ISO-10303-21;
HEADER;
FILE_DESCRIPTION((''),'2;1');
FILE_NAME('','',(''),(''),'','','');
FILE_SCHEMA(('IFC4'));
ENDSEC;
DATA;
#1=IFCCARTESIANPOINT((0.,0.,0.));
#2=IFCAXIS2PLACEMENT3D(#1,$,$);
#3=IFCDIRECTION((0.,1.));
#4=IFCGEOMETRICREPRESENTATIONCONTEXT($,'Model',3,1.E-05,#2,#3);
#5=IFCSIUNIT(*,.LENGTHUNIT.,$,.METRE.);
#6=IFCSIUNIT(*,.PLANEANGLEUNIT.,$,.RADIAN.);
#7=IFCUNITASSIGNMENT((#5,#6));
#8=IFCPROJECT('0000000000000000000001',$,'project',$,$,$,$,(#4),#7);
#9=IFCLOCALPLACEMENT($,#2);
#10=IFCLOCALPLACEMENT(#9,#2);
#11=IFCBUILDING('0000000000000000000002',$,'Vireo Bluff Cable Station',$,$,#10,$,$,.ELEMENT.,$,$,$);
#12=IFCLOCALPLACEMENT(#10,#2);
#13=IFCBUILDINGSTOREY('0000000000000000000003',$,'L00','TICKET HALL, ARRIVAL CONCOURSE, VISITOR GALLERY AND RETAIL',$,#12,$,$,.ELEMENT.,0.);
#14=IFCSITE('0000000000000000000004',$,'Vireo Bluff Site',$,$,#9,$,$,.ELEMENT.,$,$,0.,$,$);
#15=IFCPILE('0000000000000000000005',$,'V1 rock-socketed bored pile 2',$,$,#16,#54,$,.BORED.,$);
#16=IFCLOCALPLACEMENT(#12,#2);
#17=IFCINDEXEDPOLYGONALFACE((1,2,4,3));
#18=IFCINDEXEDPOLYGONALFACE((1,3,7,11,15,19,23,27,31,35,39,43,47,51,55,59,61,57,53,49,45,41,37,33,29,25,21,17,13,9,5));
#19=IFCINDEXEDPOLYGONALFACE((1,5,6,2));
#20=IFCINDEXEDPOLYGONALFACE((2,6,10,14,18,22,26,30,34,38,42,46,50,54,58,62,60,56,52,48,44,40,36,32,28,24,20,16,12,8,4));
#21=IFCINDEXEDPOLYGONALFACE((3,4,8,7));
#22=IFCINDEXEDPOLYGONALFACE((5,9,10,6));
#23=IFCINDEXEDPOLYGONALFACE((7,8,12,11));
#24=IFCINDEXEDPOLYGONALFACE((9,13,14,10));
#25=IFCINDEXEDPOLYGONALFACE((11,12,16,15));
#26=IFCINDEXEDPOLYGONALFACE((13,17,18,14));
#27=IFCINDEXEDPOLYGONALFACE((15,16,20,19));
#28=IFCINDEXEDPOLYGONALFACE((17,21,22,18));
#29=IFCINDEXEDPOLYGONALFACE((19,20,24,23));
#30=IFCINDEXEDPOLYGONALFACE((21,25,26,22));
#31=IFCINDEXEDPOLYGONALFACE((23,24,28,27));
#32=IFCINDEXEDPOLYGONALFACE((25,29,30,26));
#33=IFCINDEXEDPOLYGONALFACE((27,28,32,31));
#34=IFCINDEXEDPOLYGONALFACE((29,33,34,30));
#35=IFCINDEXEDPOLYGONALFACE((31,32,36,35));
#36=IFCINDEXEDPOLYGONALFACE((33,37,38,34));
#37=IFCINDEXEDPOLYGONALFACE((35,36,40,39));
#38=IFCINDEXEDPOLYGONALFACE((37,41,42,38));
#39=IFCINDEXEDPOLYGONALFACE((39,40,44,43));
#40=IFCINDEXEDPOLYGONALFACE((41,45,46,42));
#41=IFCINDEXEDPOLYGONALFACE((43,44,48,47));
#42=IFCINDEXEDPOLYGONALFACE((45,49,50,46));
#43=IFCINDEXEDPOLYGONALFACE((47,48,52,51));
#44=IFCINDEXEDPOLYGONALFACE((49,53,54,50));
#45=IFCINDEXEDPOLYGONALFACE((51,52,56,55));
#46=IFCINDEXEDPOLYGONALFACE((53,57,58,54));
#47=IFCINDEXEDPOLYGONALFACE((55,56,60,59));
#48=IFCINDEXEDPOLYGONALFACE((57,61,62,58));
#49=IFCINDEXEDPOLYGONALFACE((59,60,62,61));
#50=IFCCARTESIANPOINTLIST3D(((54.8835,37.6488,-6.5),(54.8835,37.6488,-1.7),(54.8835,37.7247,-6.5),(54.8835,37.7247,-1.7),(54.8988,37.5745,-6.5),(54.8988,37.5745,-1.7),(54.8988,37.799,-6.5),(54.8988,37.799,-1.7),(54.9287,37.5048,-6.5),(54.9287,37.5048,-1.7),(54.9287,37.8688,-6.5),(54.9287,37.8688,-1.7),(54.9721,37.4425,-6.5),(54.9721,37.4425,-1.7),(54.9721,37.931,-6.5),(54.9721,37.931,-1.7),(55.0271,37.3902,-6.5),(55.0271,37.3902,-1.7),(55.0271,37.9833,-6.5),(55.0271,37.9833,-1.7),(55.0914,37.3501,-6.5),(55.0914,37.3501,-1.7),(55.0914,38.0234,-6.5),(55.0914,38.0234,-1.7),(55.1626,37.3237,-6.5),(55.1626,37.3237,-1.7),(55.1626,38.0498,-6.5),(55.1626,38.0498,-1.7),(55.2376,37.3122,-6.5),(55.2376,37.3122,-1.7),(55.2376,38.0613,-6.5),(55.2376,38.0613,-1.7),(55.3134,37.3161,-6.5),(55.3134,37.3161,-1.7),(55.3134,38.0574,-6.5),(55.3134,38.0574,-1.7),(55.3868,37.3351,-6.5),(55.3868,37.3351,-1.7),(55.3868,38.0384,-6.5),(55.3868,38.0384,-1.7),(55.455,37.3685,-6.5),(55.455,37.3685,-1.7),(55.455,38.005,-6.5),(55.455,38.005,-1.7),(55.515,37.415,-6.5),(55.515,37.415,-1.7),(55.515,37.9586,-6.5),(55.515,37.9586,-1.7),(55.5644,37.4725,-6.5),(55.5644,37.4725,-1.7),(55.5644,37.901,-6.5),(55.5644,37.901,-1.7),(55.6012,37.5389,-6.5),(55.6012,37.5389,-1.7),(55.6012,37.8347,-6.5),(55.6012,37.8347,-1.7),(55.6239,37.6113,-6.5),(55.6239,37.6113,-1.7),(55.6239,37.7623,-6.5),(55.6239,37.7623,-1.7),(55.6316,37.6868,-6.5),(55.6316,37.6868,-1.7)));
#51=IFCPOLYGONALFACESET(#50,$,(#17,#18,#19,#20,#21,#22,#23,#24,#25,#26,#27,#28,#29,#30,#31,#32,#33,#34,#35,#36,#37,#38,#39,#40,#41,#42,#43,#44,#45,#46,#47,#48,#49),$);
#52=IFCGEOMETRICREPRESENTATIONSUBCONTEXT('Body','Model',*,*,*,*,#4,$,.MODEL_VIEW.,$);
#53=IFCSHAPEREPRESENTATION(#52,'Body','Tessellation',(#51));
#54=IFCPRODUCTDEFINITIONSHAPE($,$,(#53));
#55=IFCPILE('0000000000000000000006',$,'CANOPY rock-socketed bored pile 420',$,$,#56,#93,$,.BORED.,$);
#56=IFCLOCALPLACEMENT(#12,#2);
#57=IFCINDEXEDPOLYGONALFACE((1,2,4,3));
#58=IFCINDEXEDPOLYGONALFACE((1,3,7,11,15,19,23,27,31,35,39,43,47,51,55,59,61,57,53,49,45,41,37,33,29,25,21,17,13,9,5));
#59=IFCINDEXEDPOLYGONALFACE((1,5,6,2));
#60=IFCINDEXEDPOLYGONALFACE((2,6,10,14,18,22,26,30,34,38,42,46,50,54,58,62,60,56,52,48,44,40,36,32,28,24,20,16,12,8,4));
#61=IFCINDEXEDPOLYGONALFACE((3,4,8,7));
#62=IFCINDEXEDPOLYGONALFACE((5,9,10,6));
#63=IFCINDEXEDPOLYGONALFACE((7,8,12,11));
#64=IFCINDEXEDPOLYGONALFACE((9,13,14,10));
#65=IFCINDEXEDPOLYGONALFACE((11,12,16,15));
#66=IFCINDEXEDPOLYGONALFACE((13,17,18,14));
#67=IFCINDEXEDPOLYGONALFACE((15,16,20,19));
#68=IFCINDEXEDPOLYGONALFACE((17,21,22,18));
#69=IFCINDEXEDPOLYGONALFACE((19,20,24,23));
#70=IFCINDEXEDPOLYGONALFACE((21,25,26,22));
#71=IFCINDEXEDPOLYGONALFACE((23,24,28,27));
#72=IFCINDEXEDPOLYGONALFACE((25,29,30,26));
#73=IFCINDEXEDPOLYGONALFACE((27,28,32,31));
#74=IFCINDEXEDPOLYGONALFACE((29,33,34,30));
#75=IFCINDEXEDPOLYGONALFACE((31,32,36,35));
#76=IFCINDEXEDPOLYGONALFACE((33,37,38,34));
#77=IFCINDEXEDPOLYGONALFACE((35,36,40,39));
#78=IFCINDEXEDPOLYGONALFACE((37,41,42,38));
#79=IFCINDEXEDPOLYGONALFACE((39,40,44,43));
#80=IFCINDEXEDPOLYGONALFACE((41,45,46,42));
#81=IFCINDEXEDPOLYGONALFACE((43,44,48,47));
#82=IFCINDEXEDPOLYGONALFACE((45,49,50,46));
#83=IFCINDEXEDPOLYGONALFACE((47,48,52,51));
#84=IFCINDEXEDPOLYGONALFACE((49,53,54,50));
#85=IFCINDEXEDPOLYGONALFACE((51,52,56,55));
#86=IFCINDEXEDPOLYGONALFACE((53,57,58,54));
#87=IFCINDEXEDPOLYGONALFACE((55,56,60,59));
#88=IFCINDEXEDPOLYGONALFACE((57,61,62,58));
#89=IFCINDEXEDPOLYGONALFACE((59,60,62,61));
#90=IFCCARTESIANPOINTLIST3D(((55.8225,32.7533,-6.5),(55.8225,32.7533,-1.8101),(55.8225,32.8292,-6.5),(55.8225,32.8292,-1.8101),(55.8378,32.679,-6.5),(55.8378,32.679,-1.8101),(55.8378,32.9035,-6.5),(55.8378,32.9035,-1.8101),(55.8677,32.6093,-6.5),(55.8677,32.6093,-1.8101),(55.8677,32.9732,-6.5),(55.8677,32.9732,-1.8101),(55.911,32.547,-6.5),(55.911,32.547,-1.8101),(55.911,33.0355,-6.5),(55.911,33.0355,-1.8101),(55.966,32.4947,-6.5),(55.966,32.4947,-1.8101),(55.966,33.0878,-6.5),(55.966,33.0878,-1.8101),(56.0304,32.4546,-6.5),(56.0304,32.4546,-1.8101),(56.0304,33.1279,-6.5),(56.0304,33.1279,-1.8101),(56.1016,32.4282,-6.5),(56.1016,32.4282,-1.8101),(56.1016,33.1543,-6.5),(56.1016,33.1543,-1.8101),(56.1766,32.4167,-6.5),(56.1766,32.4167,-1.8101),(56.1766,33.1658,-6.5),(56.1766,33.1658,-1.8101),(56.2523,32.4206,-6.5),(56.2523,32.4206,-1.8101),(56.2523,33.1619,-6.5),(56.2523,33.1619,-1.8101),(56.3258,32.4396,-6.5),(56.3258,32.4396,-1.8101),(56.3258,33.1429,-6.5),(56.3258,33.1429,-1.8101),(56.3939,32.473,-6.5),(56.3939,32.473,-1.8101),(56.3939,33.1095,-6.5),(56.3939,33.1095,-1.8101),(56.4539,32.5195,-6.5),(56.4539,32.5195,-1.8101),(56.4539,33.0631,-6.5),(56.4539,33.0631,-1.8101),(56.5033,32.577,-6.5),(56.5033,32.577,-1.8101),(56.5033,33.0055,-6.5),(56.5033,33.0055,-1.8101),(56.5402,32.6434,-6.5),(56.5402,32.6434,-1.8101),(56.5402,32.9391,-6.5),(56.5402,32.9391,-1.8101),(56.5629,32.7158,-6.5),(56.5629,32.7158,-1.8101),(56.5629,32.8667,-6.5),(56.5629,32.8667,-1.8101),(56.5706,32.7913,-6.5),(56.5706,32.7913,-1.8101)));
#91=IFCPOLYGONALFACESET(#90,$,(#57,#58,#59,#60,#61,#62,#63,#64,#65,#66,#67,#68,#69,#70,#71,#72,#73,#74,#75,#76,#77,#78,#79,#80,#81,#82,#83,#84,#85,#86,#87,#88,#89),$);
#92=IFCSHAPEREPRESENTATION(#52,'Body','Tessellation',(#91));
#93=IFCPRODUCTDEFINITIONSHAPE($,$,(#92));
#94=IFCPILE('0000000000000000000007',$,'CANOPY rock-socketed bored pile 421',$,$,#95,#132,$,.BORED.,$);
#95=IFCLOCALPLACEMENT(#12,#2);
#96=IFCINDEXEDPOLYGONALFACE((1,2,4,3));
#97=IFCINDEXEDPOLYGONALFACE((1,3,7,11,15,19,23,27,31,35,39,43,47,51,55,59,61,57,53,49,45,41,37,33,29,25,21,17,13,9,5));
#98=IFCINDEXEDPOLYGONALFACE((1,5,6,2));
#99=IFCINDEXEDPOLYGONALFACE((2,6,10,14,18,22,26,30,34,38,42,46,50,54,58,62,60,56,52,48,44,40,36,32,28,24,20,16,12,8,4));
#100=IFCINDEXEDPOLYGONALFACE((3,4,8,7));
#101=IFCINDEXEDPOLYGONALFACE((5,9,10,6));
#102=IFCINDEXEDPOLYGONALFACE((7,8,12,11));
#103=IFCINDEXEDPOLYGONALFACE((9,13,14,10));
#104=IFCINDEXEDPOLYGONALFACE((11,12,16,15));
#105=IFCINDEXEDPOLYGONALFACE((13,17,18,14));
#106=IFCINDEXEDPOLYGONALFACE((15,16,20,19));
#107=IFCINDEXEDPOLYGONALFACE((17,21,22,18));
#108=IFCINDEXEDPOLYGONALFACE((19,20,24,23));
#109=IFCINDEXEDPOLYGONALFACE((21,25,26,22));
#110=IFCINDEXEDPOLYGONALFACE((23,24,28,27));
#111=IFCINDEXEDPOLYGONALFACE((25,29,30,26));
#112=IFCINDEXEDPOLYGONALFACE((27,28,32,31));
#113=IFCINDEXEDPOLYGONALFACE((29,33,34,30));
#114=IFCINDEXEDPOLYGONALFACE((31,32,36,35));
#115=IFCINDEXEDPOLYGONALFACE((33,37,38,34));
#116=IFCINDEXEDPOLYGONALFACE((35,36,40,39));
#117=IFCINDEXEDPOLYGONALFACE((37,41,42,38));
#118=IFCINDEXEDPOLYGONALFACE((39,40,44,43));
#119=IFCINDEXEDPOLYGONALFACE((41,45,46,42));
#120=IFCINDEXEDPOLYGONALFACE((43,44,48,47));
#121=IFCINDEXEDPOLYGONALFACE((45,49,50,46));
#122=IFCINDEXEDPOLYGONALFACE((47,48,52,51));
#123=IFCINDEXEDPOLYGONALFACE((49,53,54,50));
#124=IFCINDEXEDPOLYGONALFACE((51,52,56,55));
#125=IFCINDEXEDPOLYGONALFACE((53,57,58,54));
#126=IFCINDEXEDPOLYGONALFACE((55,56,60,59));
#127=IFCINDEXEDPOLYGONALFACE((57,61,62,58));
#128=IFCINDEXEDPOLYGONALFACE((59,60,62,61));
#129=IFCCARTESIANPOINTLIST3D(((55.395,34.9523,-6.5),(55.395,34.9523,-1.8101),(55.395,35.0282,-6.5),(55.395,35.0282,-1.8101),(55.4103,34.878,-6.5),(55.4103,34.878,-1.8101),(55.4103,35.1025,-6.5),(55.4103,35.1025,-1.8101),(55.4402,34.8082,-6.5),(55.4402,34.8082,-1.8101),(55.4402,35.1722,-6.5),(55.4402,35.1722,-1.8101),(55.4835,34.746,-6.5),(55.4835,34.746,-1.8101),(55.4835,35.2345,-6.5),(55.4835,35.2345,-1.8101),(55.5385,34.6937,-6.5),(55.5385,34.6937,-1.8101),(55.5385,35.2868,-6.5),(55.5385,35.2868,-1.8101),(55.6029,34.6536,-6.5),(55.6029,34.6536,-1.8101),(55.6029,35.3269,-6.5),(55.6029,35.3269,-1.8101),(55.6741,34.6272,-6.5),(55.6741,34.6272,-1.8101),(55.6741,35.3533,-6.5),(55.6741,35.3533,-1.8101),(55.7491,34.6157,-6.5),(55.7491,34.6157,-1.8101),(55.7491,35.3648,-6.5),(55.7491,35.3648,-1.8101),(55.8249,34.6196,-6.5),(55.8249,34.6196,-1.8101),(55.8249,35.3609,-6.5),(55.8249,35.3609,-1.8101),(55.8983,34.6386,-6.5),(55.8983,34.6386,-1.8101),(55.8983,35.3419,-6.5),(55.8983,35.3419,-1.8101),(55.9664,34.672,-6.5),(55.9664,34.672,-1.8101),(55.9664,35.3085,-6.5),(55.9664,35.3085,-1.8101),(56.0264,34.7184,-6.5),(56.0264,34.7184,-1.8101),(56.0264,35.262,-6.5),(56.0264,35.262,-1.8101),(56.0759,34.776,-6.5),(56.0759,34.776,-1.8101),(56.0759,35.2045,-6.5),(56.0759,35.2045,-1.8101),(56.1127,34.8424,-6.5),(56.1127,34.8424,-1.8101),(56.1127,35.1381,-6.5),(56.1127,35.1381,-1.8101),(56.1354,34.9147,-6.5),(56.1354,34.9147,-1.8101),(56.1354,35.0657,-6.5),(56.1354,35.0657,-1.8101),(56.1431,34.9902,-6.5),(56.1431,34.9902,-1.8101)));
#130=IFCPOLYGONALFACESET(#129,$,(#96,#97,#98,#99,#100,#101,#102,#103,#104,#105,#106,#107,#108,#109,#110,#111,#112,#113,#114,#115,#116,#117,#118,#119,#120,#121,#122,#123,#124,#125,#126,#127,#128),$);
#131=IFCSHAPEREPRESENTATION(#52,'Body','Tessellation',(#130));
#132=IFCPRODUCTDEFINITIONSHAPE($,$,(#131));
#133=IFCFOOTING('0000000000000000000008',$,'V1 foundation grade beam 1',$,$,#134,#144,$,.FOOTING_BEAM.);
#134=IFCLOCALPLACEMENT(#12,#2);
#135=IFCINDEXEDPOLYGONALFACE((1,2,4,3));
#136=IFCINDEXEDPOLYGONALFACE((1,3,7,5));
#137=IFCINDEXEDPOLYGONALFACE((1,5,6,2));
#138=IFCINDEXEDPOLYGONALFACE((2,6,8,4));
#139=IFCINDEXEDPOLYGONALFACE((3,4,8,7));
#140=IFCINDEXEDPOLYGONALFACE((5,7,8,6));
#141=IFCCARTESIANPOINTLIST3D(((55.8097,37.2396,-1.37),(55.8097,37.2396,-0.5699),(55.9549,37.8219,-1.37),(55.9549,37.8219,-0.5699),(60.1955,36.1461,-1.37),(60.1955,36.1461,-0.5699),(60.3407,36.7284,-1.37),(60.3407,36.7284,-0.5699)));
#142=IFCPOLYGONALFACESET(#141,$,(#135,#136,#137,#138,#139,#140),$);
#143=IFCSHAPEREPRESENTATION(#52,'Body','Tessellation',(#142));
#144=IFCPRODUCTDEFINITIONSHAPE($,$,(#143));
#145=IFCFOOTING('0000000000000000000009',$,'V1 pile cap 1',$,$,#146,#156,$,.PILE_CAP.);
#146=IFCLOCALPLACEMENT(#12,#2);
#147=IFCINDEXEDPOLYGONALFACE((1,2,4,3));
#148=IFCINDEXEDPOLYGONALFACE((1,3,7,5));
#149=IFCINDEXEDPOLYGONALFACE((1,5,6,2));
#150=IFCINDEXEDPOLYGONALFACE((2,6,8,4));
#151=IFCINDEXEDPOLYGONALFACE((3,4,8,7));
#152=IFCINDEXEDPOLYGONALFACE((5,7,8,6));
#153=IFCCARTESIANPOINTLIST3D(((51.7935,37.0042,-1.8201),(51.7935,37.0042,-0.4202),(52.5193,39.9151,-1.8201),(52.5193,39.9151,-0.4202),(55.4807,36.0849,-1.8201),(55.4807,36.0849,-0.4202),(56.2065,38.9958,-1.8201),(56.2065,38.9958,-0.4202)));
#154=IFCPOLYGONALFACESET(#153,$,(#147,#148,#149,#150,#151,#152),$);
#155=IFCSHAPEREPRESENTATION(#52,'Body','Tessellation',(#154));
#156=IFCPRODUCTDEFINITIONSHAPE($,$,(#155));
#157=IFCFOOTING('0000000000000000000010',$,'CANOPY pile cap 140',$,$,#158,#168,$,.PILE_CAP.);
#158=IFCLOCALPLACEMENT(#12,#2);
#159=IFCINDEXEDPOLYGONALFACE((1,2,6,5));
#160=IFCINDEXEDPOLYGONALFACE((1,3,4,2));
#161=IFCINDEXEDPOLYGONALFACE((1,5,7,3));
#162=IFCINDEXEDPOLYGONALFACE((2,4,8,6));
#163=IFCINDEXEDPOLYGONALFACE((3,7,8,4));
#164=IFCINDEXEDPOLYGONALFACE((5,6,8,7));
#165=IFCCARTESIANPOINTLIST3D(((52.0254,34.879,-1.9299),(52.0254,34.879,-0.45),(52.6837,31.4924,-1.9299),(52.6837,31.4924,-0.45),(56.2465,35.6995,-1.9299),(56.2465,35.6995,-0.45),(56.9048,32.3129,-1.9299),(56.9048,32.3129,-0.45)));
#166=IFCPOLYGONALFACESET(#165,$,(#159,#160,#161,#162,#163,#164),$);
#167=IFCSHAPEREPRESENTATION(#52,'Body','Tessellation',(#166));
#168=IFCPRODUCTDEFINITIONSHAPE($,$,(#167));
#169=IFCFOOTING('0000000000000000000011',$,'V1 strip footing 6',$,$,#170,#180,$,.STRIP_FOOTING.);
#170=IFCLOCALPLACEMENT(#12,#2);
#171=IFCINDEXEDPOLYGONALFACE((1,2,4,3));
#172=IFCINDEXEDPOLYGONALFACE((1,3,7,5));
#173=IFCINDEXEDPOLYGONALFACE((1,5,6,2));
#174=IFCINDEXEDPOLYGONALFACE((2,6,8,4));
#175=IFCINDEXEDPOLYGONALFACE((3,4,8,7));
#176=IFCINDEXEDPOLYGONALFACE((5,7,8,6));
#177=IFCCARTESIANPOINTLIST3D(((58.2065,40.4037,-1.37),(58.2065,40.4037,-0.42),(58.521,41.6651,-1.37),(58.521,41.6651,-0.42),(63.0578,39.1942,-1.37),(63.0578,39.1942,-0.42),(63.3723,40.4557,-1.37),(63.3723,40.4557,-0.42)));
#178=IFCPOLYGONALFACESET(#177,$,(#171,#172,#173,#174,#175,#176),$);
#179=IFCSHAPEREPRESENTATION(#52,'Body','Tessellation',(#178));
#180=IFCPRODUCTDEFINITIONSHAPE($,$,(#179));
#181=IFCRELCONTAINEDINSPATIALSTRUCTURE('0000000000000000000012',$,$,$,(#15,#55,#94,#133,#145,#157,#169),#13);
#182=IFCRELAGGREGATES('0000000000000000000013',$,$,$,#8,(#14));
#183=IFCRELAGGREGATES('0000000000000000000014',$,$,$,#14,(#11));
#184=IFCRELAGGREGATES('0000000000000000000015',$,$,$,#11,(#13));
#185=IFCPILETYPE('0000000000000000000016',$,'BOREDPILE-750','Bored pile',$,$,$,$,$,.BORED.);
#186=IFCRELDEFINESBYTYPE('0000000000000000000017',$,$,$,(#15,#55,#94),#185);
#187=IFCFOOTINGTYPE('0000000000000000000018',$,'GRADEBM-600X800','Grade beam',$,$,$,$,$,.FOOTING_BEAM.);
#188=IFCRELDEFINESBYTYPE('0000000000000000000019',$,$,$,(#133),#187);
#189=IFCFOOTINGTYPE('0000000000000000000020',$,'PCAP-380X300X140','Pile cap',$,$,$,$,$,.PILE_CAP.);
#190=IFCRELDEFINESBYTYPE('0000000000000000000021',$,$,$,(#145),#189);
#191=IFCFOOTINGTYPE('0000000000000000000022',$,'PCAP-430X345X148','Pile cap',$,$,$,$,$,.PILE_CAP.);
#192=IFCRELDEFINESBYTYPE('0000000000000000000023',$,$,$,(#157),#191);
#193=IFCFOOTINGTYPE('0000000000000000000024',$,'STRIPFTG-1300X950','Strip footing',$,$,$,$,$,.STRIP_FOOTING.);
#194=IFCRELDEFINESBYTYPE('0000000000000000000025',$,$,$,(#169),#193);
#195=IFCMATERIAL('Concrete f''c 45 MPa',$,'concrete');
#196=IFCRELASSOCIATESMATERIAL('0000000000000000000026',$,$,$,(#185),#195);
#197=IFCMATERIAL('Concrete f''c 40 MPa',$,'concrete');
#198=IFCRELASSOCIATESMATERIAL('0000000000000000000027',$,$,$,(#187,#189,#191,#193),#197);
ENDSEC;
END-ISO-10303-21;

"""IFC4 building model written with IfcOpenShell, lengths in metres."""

from ifc_helpers import new_model, si_unit, direction, frame, origin, origin_2d, place, context, subcontext, project, spatial, rectangle, circle, extrude, material, material_profile, profile_set, type_object, element, save


model = new_model("IFC4")

# Units and contexts
model_context = context("Model", 3, precision=1e-05, world=origin(), true_north=direction((0.0, 1.0)))
body_context = subcontext(model_context, "Body", "Model", "MODEL_VIEW")
ifc_project = project(units=[si_unit("LENGTHUNIT", "METRE"), si_unit("PLANEANGLEUNIT", "RADIAN")], contexts=[model_context])

# Site, building, storey
site_placement = place(None, origin())
site = spatial("IfcSite", under=ifc_project, at=site_placement, Name="Vireo Bluff Site", CompositionType="ELEMENT", RefElevation=0.0)
building_placement = place(site_placement, origin())
building = spatial("IfcBuilding", under=site, at=building_placement, Name="Vireo Bluff Cable Station", CompositionType="ELEMENT")
storey_placement = place(building_placement, origin())
storey = spatial("IfcBuildingStorey", under=building, at=storey_placement, Name="L00", Description="TICKET HALL, ARRIVAL CONCOURSE, VISITOR GALLERY AND RETAIL", CompositionType="ELEMENT", Elevation=0.0)

# Piles
ifc_material_1 = material(Name="Concrete f'c 45 MPa", Category="concrete")
ifc_material_profile_1 = material_profile(ifc_material_1, circle(Radius=0.375, at=origin_2d()), Name="BOREDPILE-750")
ifc_profile_set_1 = profile_set([ifc_material_profile_1], Name="Concrete f'c 45 MPa")
pile_type = type_object("IfcPileType", Name="BOREDPILE-750", Description="Bored pile", PredefinedType="BORED", material=ifc_profile_set_1)
pile_placement = place(storey_placement, frame((55.2566, 37.6868, -1.7), z_axis=(0.0, 0.0, -1.0), x_axis=(1.0, 0.0, 0.0)))
element("IfcPile", 1, at=pile_placement, inside=storey, type_object=pile_type, Name="V1 rock-socketed bored pile 2", PredefinedType="BORED", context=body_context, shape_type="SweptSolid", body=[
    extrude(circle(Radius=0.375, at=origin_2d()), origin(), (0.0, 0.0, 1.0), 4.8),
])
for number, where, z_axis, x_axis, name in (
    (2, (56.1956, 32.7913, -1.8101), (0.0, 0.0, -1.0), (1.0, 0.0, 0.0), "CANOPY rock-socketed bored pile 420"),
    (3, (55.7681, 34.9902, -1.8101), (0.0, 0.0, -1.0), (1.0, 0.0, 0.0), "CANOPY rock-socketed bored pile 421"),
):
    element("IfcPile", number, at=place(storey_placement, frame(where, z_axis=z_axis, x_axis=x_axis)), inside=storey, type_object=pile_type, Name=name, PredefinedType="BORED", context=body_context, shape_type="SweptSolid", body=[
        extrude(circle(Radius=0.375, at=origin_2d()), origin(), (0.0, 0.0, 1.0), 4.6899),
    ])

# Footings
ifc_material_2 = material(Name="Concrete f'c 40 MPa", Category="concrete")
ifc_material_profile_2 = material_profile(ifc_material_2, rectangle(XDim=0.6001, YDim=0.8, at=origin_2d()), Name="GRADEBM-600X800")
ifc_profile_set_2 = profile_set([ifc_material_profile_2], Name="Concrete f'c 40 MPa")
footing_type_1 = type_object("IfcFootingType", Name="GRADEBM-600X800", Description="Grade beam", PredefinedType="FOOTING_BEAM", material=ifc_profile_set_2)
footing_1_placement = place(storey_placement, frame((55.8823, 37.5308, -0.97), z_axis=(0.970295, -0.241926, 0.0), x_axis=(0.241926, 0.970295, 0.0)))
element("IfcFooting", 4, at=footing_1_placement, inside=storey, type_object=footing_type_1, Name="V1 foundation grade beam 1", PredefinedType="FOOTING_BEAM", context=body_context, shape_type="SweptSolid", body=[
    extrude(rectangle(XDim=0.6001, YDim=0.8, at=origin_2d()), origin(), (0.0, 0.0, 1.0), 4.52),
])
footing_type_2 = type_object("IfcFootingType", Name="PCAP-380X300X140", Description="Pile cap", PredefinedType="PILE_CAP", material=ifc_material_2)
footing_2_placement = place(storey_placement, frame((54.0, 38.0, -1.8201), z_axis=(0.0, 0.0, 1.0), x_axis=(0.970296, -0.241922, 0.0)))
element("IfcFooting", 5, at=footing_2_placement, inside=storey, type_object=footing_type_2, Name="V1 pile cap 1", PredefinedType="PILE_CAP", context=body_context, shape_type="SweptSolid", body=[
    extrude(rectangle(XDim=3.8, YDim=3.0, at=origin_2d()), origin(), (0.0, 0.0, 1.0), 1.3999),
])
footing_type_3 = type_object("IfcFootingType", Name="PCAP-430X345X148", Description="Pile cap", PredefinedType="PILE_CAP", material=ifc_material_2)
footing_3_placement = place(storey_placement, frame((54.4651, 33.5959, -1.9299), z_axis=(0.0, 0.0, 1.0), x_axis=(0.981627, 0.190809, 0.0)))
element("IfcFooting", 6, at=footing_3_placement, inside=storey, type_object=footing_type_3, Name="CANOPY pile cap 140", PredefinedType="PILE_CAP", context=body_context, shape_type="SweptSolid", body=[
    extrude(rectangle(XDim=4.3, YDim=3.45, at=origin_2d()), origin(), (0.0, 0.0, 1.0), 1.48),
])
ifc_material_profile_3 = material_profile(ifc_material_2, rectangle(XDim=1.3, YDim=0.95, at=origin_2d()), Name="STRIPFTG-1300X950")
ifc_profile_set_3 = profile_set([ifc_material_profile_3], Name="Concrete f'c 40 MPa")
footing_type_4 = type_object("IfcFootingType", Name="STRIPFTG-1300X950", Description="Strip footing", PredefinedType="STRIP_FOOTING", material=ifc_profile_set_3)
footing_4_placement = place(storey_placement, frame((58.3638, 41.0344, -0.895), z_axis=(0.9703, -0.241904, 0.0), x_axis=(0.241904, 0.9703, 0.0)))
element("IfcFooting", 7, at=footing_4_placement, inside=storey, type_object=footing_type_4, Name="V1 strip footing 6", PredefinedType="STRIP_FOOTING", context=body_context, shape_type="SweptSolid", body=[
    extrude(rectangle(XDim=1.3, YDim=0.95, at=origin_2d()), origin(), (0.0, 0.0, 1.0), 4.9998),
])

save(model, "model.ifc")
